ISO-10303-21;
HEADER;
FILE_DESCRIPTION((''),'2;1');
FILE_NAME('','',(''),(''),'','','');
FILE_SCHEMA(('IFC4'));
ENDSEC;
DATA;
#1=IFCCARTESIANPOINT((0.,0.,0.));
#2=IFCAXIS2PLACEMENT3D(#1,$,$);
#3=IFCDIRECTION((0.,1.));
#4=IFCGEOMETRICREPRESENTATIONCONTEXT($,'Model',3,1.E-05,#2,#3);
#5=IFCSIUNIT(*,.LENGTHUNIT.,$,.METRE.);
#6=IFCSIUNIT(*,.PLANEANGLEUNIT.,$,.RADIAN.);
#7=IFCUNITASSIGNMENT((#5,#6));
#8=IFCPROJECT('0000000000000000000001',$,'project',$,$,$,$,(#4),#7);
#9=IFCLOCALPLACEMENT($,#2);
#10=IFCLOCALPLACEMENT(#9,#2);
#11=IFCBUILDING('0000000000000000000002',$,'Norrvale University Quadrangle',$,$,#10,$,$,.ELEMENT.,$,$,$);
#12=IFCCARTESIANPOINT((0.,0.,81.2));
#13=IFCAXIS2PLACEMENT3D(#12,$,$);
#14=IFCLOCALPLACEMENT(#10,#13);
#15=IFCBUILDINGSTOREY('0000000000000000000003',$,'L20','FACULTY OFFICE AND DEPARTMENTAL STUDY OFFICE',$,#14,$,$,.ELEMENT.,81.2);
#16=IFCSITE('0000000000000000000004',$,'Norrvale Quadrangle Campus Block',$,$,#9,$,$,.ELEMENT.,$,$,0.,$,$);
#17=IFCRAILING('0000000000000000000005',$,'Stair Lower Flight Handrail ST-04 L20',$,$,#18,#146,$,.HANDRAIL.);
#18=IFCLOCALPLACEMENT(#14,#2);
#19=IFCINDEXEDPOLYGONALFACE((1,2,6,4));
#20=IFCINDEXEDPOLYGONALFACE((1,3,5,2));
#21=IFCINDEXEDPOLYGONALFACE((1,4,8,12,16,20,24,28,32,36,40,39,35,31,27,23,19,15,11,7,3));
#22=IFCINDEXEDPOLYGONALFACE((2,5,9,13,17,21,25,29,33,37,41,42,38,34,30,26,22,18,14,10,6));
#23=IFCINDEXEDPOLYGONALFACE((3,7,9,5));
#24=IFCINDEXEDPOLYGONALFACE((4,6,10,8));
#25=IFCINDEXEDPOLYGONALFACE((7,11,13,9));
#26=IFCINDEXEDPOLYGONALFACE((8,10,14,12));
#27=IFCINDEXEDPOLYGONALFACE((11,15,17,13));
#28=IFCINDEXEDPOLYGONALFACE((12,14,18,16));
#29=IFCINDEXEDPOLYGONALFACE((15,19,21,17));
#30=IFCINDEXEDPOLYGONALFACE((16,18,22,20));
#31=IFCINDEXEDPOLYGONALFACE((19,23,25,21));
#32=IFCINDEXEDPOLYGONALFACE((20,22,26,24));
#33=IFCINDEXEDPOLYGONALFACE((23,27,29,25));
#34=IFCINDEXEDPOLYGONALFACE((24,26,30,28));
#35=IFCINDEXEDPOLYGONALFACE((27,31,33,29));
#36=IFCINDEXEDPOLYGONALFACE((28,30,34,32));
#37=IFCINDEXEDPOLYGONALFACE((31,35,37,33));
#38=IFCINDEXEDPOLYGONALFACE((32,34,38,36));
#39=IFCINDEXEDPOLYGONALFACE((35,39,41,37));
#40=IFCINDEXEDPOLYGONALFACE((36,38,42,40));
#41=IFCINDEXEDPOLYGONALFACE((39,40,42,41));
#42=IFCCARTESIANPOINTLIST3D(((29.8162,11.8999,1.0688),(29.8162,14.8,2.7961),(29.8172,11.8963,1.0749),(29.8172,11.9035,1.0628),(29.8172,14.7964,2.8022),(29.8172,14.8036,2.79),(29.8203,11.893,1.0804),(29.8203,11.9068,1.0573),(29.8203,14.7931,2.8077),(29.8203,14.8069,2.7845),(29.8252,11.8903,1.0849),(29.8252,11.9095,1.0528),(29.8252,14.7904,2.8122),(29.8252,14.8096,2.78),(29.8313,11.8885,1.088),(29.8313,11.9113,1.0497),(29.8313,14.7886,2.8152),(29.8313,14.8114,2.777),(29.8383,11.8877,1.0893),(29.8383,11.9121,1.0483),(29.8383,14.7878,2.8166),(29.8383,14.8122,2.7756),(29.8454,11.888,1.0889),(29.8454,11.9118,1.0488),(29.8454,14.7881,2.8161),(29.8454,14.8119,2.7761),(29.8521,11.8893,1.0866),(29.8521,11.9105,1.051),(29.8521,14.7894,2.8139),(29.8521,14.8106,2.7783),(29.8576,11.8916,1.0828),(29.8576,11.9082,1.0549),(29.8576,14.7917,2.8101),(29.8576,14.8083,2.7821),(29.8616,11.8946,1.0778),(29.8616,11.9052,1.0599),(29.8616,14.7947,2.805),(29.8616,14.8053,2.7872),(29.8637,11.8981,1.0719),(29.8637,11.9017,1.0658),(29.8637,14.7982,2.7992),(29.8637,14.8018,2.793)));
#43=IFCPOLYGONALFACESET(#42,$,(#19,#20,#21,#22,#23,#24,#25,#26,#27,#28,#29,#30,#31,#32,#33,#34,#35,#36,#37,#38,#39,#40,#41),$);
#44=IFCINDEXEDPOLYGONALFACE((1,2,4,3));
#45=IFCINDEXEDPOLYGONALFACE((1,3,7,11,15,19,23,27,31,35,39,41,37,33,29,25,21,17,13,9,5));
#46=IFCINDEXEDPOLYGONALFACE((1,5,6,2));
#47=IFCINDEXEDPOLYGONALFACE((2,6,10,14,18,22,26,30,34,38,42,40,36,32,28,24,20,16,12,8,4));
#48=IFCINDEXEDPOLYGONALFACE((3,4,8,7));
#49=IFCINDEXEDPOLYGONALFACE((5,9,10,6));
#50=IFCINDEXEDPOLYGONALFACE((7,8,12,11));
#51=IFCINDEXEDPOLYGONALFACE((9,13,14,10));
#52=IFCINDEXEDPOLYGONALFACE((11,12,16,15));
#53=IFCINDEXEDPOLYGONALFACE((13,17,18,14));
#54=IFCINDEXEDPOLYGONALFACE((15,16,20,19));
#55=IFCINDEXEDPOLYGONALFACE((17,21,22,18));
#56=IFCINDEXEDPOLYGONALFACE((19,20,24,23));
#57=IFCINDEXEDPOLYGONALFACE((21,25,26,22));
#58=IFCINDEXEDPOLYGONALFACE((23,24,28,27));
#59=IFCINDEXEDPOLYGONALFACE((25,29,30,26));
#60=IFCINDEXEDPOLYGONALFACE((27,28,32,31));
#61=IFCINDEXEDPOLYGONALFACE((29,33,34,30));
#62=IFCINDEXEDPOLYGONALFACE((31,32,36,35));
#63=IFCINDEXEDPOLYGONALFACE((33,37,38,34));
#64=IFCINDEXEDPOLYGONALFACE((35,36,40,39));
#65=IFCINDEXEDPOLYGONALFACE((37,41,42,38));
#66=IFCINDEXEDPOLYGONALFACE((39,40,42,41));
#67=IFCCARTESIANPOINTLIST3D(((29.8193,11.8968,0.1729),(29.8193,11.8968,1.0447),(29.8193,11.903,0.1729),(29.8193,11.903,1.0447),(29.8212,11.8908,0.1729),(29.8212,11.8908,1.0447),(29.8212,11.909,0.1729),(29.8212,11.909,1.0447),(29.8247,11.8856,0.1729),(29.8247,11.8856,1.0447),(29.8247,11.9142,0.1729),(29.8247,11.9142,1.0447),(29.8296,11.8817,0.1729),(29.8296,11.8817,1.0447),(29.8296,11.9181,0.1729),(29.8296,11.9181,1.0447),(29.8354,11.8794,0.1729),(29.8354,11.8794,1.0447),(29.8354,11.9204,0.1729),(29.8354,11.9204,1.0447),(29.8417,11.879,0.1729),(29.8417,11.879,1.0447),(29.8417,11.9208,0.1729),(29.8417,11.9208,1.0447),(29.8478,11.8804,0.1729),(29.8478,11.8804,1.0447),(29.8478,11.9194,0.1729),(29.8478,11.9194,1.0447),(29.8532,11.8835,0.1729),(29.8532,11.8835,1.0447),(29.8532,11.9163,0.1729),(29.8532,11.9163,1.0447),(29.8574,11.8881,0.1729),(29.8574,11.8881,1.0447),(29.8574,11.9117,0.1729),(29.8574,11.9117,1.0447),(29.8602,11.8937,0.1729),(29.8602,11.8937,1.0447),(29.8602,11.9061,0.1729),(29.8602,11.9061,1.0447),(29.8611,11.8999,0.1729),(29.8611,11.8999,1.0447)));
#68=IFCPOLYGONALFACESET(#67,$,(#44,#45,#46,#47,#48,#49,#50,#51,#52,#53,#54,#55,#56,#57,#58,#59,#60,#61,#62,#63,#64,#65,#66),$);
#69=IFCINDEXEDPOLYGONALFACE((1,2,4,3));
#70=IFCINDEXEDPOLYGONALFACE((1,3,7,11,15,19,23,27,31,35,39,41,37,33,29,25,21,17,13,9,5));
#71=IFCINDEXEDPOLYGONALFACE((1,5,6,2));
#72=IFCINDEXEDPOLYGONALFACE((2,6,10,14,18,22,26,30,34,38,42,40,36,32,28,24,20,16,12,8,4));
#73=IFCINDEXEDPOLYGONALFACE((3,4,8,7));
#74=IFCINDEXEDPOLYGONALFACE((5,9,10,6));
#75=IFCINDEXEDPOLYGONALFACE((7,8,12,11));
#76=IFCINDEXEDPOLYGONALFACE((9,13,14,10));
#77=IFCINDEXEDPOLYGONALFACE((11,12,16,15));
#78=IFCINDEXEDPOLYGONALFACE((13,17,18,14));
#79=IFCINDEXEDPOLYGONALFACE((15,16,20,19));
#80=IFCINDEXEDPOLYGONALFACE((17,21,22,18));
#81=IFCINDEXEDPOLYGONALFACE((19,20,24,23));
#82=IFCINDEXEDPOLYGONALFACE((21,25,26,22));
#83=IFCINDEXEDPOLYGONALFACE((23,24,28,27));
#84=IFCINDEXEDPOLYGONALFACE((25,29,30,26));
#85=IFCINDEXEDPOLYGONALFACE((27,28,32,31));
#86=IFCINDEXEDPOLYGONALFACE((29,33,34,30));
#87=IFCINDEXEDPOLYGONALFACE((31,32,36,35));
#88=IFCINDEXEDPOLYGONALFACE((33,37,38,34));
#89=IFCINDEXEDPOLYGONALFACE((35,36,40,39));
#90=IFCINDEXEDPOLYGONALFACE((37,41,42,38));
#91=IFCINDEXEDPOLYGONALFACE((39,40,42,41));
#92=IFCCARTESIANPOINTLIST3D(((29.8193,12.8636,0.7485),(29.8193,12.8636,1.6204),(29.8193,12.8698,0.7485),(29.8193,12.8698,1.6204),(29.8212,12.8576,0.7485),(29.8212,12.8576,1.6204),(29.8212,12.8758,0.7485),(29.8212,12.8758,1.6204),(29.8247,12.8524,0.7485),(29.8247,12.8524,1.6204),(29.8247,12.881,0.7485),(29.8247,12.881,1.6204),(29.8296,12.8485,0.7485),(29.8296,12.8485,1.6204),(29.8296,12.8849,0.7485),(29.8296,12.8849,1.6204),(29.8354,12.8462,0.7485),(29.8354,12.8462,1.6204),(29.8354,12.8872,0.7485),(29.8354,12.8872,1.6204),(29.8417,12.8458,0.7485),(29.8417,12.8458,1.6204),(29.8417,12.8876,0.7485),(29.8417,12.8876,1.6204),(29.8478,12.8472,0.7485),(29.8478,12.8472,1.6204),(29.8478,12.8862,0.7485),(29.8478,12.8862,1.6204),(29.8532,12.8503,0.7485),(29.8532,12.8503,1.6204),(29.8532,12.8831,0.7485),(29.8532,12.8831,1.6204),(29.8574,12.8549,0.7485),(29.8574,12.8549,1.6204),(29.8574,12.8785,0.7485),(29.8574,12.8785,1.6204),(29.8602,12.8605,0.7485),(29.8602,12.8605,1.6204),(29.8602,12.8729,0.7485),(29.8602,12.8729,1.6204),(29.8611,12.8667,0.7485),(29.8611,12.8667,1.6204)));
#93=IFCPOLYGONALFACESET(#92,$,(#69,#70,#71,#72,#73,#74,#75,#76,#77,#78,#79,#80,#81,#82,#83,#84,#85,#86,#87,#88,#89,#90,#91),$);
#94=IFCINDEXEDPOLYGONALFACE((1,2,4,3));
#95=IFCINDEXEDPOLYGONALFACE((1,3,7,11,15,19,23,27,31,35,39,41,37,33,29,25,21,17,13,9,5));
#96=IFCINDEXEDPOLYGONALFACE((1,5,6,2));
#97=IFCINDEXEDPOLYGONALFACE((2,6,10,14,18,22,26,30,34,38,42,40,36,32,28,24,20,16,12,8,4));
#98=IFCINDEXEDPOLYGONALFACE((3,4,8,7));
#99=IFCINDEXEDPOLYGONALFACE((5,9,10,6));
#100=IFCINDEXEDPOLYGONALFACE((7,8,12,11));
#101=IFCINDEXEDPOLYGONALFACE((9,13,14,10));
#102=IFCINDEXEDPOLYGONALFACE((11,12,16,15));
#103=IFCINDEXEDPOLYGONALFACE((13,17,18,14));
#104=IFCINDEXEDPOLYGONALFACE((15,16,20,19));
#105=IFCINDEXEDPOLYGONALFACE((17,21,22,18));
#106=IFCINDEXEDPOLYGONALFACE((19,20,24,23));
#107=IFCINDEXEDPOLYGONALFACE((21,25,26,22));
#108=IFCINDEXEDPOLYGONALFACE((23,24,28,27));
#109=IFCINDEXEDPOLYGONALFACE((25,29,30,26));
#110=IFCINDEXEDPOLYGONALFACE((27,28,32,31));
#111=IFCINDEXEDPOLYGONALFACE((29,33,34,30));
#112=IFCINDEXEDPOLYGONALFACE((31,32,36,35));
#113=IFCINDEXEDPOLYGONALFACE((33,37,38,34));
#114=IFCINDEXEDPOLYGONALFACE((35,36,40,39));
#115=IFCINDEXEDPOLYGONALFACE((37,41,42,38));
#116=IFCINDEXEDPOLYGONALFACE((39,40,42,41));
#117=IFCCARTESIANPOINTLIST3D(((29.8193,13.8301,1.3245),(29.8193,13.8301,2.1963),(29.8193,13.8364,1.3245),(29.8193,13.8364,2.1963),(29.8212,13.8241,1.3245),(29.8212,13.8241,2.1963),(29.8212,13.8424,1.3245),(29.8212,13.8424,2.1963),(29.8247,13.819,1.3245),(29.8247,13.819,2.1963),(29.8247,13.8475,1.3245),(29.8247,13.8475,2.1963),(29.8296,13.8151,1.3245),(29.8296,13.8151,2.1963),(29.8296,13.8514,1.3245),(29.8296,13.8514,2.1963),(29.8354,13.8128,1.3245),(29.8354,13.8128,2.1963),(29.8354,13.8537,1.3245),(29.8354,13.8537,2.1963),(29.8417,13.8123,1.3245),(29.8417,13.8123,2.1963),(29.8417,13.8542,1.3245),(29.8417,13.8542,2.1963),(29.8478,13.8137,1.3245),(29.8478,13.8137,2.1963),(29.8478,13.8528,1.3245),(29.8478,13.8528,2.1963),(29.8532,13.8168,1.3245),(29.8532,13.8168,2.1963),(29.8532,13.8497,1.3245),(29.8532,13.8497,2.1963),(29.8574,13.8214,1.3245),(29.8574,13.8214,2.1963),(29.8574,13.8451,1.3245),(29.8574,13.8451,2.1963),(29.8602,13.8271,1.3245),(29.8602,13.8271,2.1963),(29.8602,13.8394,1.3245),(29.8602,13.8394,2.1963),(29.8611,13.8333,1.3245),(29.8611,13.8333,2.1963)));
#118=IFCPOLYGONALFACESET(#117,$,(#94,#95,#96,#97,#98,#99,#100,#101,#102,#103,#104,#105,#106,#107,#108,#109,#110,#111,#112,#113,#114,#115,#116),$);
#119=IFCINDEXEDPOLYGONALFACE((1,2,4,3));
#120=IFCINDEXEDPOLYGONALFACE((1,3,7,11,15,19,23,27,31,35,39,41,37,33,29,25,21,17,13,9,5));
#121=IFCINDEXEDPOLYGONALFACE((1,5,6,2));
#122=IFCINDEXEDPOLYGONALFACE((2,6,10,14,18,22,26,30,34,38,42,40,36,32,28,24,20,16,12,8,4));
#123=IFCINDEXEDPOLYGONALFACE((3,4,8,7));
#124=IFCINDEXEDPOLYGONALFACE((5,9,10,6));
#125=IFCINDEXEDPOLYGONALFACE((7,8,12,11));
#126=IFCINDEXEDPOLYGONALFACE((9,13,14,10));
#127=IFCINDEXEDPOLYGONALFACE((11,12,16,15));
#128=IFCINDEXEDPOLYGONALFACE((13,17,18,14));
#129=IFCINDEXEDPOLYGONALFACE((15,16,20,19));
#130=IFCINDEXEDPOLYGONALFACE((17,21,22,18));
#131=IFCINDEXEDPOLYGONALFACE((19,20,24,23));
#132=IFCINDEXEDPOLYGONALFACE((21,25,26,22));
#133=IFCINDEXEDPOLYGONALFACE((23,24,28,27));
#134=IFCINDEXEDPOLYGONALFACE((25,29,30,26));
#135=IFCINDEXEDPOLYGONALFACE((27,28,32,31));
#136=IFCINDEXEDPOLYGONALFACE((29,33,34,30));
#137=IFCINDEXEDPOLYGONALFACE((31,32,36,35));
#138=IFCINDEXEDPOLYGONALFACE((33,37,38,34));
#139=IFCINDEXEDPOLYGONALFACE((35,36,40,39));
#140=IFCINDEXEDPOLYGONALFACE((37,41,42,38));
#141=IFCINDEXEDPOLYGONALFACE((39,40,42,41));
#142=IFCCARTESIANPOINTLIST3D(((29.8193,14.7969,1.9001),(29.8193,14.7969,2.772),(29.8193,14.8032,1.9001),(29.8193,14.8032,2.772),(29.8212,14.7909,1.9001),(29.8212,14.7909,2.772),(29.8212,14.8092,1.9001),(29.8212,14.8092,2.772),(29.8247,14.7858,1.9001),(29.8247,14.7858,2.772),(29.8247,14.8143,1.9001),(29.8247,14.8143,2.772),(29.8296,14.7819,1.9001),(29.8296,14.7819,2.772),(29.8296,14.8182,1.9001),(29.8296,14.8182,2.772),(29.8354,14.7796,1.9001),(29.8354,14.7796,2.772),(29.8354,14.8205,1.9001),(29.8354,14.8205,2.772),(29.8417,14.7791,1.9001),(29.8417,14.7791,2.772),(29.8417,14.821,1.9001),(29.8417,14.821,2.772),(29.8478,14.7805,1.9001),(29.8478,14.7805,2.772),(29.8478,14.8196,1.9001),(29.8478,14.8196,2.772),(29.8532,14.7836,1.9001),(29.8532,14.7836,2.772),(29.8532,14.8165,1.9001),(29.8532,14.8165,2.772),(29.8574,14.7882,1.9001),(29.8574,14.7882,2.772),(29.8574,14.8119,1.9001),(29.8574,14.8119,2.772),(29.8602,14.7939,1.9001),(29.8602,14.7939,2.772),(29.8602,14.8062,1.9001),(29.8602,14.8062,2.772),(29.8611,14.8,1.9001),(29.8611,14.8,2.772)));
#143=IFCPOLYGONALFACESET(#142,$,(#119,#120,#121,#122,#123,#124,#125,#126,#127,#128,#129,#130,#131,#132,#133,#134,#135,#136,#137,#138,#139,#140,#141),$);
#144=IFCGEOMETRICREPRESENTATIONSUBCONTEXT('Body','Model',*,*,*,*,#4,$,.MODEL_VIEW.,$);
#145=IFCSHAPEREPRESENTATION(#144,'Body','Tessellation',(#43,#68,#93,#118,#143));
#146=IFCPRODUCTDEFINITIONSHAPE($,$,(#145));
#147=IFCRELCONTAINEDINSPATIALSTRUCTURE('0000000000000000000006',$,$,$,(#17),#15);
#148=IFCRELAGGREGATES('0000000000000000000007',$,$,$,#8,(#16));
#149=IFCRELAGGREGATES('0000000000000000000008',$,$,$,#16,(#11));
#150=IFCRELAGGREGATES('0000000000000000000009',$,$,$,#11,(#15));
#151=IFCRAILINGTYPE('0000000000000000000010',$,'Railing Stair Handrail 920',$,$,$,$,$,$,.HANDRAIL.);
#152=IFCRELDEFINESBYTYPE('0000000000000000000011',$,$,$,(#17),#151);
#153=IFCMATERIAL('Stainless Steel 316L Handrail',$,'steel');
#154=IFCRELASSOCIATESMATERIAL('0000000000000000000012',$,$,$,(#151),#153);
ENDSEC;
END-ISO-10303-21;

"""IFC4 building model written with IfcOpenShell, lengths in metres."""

from ifc_helpers import new_model, si_unit, direction, frame, origin, origin_2d, place, context, subcontext, project, spatial, circle, extrude, material, type_object, element, save


model = new_model("IFC4")

# Units and contexts
model_context = context("Model", 3, precision=1e-05, world=origin(), true_north=direction((0.0, 1.0)))
body_context = subcontext(model_context, "Body", "Model", "MODEL_VIEW")
ifc_project = project(units=[si_unit("LENGTHUNIT", "METRE"), si_unit("PLANEANGLEUNIT", "RADIAN")], contexts=[model_context])

# Site, building, storey
site_placement = place(None, origin())
site = spatial("IfcSite", under=ifc_project, at=site_placement, Name="Norrvale Quadrangle Campus Block", CompositionType="ELEMENT", RefElevation=0.0)
building_placement = place(site_placement, origin())
building = spatial("IfcBuilding", under=site, at=building_placement, Name="Norrvale University Quadrangle", CompositionType="ELEMENT")
storey_placement = place(building_placement, frame((0.0, 0.0, 81.2)))
storey = spatial("IfcBuildingStorey", under=building, at=storey_placement, Name="L20", Description="FACULTY OFFICE AND DEPARTMENTAL STUDY OFFICE", CompositionType="ELEMENT", Elevation=81.2)

# Railing
ifc_material_1 = material(Name="Stainless Steel 316L Handrail", Category="steel")
railing_type_1 = type_object("IfcRailingType", Name="Railing Stair Handrail 920", PredefinedType="HANDRAIL", material=ifc_material_1)
railing_1_placement = place(storey_placement, frame((29.8401, 11.8999, 0.1729)))
element("IfcRailing", 1, at=railing_1_placement, inside=storey, type_object=railing_type_1, Name="Stair Lower Flight Handrail ST-04 L20", PredefinedType="HANDRAIL", context=body_context, shape_type="SweptSolid", body=[
    extrude(circle(Radius=0.0239, at=origin_2d()), frame((0.0, 0.0, 0.896), z_axis=(0.0, 0.85916, 0.511706), x_axis=(-1.0, 0.0, 0.0)), (0.0, 0.0, 1.0), 3.3755),
    extrude(circle(Radius=0.021, at=origin_2d()), origin(), (0.0, 0.0, 1.0), 0.8718),
    extrude(circle(Radius=0.021, at=origin_2d()), frame((0.0, 0.9668, 0.5757)), (0.0, 0.0, 1.0), 0.8718),
    extrude(circle(Radius=0.021, at=origin_2d()), frame((0.0, 1.9333, 1.1516)), (0.0, 0.0, 1.0), 0.8718),
    extrude(circle(Radius=0.021, at=origin_2d()), frame((0.0, 2.9001, 1.7273)), (0.0, 0.0, 1.0), 0.8718),
])

save(model, "model.ifc")
